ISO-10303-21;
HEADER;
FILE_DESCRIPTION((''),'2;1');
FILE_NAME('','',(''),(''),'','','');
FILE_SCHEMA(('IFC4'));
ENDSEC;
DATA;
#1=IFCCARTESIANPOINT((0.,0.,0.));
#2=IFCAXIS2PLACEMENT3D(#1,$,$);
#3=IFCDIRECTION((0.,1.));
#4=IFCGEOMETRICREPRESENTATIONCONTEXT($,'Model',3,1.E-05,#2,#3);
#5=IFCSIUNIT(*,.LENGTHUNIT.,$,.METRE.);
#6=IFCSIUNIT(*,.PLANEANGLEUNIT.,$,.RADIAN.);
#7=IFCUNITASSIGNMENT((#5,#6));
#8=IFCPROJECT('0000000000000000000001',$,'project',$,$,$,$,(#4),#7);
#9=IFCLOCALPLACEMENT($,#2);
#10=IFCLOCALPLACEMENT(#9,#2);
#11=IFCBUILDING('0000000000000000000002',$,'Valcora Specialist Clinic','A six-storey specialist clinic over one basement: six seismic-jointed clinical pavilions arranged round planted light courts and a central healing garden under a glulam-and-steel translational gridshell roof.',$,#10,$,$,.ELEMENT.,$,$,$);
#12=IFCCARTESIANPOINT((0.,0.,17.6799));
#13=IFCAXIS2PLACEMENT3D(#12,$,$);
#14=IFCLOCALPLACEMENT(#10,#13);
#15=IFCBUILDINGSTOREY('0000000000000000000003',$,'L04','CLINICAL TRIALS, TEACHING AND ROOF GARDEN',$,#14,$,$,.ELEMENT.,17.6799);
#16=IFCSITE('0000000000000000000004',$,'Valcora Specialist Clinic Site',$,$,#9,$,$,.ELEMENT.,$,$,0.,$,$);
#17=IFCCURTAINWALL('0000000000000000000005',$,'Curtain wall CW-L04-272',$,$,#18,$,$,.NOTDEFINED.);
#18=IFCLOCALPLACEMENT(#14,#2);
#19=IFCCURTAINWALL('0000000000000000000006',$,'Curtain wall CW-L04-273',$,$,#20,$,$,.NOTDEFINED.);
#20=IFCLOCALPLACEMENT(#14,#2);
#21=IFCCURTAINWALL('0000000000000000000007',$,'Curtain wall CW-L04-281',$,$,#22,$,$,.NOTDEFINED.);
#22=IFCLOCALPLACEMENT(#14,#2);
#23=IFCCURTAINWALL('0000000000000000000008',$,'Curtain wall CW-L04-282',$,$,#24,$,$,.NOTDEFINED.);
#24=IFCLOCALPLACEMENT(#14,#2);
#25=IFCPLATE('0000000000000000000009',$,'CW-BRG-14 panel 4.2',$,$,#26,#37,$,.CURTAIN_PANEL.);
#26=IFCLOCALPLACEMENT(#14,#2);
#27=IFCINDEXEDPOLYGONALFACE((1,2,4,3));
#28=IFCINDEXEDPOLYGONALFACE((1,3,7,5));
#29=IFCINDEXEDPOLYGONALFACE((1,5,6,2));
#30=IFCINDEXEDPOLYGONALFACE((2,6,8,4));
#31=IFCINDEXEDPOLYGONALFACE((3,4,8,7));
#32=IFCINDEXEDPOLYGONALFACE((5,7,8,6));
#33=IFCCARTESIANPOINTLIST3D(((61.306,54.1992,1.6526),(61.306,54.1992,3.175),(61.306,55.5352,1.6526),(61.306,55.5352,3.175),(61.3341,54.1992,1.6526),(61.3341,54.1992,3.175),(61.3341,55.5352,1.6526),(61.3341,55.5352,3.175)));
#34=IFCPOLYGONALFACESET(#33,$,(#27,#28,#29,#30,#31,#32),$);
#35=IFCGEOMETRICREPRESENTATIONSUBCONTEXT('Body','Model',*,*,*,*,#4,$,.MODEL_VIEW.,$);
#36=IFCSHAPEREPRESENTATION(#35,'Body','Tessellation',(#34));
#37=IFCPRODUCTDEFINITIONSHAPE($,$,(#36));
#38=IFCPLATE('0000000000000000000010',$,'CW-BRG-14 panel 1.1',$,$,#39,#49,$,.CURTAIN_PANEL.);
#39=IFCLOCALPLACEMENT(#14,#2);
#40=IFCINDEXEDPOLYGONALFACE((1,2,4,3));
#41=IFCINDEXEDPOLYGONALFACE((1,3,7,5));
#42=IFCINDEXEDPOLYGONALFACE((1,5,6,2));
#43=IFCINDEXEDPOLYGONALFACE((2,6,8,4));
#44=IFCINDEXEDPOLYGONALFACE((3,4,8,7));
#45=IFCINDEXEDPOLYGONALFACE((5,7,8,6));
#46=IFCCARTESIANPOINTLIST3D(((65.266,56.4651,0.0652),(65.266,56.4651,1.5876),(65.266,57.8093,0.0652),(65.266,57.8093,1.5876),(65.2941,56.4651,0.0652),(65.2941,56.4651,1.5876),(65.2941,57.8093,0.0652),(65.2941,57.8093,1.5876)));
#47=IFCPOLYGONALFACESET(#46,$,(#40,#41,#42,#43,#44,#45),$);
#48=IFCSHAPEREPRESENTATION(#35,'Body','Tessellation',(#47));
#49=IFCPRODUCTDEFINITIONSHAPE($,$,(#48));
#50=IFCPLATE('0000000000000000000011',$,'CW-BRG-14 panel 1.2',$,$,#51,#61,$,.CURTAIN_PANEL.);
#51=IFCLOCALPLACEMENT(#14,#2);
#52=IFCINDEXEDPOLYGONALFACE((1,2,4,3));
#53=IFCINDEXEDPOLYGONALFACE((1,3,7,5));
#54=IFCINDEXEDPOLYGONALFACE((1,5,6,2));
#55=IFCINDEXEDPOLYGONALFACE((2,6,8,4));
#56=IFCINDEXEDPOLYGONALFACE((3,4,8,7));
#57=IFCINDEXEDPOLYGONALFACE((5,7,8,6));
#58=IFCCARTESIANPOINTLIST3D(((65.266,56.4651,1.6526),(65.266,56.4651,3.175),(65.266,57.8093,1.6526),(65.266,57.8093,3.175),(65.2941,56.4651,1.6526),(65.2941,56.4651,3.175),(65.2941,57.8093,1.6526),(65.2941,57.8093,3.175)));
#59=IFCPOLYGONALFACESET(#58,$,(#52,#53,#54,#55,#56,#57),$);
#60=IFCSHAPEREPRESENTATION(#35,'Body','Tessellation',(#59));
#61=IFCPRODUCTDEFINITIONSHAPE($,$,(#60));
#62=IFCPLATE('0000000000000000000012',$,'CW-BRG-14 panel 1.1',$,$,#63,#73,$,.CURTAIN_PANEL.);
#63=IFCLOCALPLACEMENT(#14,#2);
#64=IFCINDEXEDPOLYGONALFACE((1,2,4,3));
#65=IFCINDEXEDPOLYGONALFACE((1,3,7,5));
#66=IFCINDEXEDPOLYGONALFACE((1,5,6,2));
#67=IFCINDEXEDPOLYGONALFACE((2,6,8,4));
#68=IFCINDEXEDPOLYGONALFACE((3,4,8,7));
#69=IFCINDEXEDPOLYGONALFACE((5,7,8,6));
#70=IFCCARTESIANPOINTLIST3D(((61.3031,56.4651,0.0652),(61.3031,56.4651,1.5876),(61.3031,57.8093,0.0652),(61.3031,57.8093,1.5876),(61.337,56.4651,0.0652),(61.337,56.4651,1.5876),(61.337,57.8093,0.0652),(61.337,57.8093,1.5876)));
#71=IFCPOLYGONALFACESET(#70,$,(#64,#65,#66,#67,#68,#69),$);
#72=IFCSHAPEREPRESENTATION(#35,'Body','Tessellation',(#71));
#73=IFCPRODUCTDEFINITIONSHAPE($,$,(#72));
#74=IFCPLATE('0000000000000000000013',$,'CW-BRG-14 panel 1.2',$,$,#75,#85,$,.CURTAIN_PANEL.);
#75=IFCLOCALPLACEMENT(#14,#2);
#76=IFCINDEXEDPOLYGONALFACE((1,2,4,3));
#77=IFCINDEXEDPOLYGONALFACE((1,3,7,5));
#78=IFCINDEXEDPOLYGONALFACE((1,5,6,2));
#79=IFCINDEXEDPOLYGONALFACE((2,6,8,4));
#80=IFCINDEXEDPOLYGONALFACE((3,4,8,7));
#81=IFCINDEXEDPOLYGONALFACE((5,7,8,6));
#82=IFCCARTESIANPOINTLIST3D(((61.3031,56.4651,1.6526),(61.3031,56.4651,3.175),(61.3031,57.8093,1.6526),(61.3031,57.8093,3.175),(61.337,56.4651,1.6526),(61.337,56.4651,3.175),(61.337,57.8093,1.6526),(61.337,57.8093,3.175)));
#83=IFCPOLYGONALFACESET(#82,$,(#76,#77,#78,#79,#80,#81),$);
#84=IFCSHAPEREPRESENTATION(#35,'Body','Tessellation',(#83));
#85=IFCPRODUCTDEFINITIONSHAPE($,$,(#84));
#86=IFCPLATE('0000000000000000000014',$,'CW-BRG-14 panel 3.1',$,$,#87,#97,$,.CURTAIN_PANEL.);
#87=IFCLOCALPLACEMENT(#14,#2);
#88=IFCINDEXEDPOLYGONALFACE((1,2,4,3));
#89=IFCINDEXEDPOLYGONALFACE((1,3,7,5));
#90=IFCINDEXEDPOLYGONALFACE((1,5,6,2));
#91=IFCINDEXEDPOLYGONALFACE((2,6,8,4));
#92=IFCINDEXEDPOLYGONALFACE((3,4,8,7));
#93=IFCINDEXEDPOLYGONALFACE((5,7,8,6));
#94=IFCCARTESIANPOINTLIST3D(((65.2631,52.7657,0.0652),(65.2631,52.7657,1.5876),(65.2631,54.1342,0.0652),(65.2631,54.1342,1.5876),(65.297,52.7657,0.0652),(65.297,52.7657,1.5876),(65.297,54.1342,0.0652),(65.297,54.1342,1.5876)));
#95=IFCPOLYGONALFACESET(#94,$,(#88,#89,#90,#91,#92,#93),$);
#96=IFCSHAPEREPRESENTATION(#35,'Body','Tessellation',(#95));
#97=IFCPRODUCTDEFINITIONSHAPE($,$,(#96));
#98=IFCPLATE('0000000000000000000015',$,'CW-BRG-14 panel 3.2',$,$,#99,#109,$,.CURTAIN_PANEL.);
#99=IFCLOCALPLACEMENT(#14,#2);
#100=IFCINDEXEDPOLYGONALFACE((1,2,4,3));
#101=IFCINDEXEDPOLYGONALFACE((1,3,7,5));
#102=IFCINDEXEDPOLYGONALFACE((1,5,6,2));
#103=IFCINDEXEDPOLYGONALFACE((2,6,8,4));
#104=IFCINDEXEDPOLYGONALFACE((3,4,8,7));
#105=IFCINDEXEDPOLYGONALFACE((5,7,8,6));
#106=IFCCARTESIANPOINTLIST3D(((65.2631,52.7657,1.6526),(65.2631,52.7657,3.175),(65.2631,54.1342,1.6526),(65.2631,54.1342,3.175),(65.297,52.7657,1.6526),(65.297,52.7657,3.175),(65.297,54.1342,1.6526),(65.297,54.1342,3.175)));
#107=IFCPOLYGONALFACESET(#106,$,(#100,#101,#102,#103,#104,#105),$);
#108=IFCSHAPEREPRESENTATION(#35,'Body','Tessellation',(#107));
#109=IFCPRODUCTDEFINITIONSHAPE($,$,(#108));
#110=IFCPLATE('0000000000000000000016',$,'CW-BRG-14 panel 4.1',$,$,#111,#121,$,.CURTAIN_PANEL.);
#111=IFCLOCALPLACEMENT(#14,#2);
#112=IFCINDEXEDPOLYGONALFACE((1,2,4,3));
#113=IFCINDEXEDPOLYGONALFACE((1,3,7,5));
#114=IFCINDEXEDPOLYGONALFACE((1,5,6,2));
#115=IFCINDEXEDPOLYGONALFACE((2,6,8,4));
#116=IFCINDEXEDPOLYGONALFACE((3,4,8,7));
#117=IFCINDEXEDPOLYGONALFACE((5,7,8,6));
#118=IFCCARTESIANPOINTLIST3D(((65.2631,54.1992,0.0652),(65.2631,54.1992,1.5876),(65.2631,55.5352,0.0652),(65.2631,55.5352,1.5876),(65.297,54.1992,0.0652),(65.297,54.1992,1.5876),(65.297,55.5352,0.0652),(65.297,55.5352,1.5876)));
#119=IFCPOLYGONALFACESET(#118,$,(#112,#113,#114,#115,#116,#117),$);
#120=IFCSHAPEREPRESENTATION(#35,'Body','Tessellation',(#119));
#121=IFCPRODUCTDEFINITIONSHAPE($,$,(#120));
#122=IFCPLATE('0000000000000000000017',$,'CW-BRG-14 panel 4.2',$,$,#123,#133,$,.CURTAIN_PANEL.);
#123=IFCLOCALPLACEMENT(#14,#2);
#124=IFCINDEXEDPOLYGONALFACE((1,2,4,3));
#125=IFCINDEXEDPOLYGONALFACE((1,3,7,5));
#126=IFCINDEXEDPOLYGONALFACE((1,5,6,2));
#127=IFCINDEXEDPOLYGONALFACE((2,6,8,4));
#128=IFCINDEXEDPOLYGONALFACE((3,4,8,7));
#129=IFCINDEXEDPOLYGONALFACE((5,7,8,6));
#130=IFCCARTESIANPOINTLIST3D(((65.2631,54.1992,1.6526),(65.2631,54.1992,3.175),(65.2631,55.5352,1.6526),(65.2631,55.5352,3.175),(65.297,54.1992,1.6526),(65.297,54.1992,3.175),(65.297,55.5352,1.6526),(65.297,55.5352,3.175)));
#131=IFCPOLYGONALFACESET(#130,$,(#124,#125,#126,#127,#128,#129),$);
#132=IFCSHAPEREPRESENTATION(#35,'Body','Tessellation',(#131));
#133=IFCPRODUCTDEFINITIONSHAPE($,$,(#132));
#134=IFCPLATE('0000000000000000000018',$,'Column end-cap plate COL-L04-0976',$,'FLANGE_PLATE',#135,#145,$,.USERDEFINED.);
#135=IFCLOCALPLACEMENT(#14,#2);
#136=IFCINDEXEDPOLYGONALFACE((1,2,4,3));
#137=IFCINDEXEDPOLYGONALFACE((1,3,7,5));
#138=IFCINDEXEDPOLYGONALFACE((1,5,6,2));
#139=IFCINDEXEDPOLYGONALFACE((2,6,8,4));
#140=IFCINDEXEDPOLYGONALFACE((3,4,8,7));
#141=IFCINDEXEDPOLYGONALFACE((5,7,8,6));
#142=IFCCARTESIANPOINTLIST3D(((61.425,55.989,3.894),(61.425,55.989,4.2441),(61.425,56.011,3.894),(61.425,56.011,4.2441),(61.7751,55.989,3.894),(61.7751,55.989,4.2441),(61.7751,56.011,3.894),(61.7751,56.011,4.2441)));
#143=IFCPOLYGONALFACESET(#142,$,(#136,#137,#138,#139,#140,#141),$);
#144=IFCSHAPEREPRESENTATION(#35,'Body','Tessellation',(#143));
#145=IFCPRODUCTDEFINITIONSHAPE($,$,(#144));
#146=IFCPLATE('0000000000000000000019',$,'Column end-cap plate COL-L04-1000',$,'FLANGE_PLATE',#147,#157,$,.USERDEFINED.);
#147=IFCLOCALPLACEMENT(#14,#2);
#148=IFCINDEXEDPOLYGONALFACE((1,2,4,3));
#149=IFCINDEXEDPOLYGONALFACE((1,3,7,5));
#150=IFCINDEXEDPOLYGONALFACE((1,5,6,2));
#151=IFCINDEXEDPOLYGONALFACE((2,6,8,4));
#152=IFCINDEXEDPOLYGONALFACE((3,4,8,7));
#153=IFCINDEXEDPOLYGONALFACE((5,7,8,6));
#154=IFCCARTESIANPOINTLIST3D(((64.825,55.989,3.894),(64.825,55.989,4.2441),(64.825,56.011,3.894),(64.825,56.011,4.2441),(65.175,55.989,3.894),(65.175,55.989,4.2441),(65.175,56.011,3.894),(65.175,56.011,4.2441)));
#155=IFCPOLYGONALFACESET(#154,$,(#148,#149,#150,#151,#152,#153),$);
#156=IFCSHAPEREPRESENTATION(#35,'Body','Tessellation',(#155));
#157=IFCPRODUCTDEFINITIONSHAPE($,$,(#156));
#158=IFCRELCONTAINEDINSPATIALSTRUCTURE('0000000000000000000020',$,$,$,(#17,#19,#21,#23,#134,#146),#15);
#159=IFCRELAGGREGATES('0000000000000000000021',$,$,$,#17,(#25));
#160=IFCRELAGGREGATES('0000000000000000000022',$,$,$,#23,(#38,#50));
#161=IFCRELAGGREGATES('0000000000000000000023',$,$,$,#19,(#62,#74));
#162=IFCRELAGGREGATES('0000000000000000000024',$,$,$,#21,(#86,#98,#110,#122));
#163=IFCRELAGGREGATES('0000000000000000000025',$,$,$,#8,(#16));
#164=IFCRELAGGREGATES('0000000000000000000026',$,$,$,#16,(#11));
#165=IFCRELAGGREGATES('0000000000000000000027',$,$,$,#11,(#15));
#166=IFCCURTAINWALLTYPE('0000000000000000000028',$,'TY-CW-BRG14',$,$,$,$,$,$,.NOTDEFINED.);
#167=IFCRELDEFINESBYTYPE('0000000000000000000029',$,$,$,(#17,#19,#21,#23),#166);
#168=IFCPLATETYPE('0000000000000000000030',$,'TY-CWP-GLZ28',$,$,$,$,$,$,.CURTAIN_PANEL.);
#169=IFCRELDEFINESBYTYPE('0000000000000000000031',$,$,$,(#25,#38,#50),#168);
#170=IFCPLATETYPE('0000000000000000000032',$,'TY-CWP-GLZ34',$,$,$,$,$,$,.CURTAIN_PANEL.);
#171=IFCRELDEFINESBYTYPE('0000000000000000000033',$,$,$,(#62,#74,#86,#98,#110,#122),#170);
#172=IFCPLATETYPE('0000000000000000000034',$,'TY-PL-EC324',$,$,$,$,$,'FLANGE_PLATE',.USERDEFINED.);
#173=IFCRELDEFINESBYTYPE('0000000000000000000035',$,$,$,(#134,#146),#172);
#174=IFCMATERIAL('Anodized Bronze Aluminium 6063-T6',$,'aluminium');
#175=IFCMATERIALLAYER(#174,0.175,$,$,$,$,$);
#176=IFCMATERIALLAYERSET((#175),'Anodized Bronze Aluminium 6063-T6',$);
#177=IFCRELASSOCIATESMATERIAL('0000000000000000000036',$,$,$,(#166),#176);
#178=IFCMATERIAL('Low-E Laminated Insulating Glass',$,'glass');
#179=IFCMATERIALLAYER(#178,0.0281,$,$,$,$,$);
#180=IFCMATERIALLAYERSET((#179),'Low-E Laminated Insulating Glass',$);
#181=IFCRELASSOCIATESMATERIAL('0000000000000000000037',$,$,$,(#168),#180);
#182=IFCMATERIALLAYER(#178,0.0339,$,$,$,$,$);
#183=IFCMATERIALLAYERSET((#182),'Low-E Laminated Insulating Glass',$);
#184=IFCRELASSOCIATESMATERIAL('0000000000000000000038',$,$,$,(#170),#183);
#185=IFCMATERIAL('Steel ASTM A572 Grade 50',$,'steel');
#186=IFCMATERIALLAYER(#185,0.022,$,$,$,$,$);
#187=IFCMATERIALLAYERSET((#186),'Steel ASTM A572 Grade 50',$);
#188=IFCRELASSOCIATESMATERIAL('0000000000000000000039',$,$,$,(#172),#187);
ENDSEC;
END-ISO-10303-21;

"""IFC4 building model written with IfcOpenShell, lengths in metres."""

from ifc_helpers import new_model, si_unit, direction, frame, origin, origin_2d, place, context, subcontext, project, spatial, rectangle, extrude, material, layer, layer_set, type_object, element, aggregate, save


model = new_model("IFC4")

# Units and contexts
model_context = context("Model", 3, precision=1e-05, world=origin(), true_north=direction((0.0, 1.0)))
body_context = subcontext(model_context, "Body", "Model", "MODEL_VIEW")
ifc_project = project(units=[si_unit("LENGTHUNIT", "METRE"), si_unit("PLANEANGLEUNIT", "RADIAN")], contexts=[model_context])

# Site, building, storey
site_placement = place(None, origin())
site = spatial("IfcSite", under=ifc_project, at=site_placement, Name="Valcora Specialist Clinic Site", CompositionType="ELEMENT", RefElevation=0.0)
building_placement = place(site_placement, origin())
building = spatial("IfcBuilding", under=site, at=building_placement, Name="Valcora Specialist Clinic", Description="A six-storey specialist clinic over one basement: six seismic-jointed clinical pavilions arranged round planted light courts and a central healing garden under a glulam-and-steel translational gridshell roof.", CompositionType="ELEMENT")
storey_placement = place(building_placement, frame((0.0, 0.0, 17.6799)))
storey = spatial("IfcBuildingStorey", under=building, at=storey_placement, Name="L04", Description="CLINICAL TRIALS, TEACHING AND ROOF GARDEN", CompositionType="ELEMENT", Elevation=17.6799)

# Curtain walls
ifc_material_1 = material(Name="Anodized Bronze Aluminium 6063-T6", Category="aluminium")
ifc_layer_1 = layer(ifc_material_1, 0.175)
ifc_layer_set_1 = layer_set([ifc_layer_1], Name="Anodized Bronze Aluminium 6063-T6")
curtain_wall_type = type_object("IfcCurtainWallType", Name="TY-CW-BRG14", PredefinedType="NOTDEFINED", material=ifc_layer_set_1)
curtain_wall_1_placement = place(storey_placement, origin())
curtain_wall_1 = element("IfcCurtainWall", 1, at=curtain_wall_1_placement, inside=storey, type_object=curtain_wall_type, Name="Curtain wall CW-L04-272", PredefinedType="NOTDEFINED")
curtain_wall_2_placement = place(storey_placement, origin())
curtain_wall_2 = element("IfcCurtainWall", 2, at=curtain_wall_2_placement, inside=storey, type_object=curtain_wall_type, Name="Curtain wall CW-L04-273", PredefinedType="NOTDEFINED")
curtain_wall_3_placement = place(storey_placement, origin())
curtain_wall_3 = element("IfcCurtainWall", 3, at=curtain_wall_3_placement, inside=storey, type_object=curtain_wall_type, Name="Curtain wall CW-L04-281", PredefinedType="NOTDEFINED")
curtain_wall_4_placement = place(storey_placement, origin())
curtain_wall_4 = element("IfcCurtainWall", 4, at=curtain_wall_4_placement, inside=storey, type_object=curtain_wall_type, Name="Curtain wall CW-L04-282", PredefinedType="NOTDEFINED")

# Plates
ifc_material_2 = material(Name="Low-E Laminated Insulating Glass", Category="glass")
ifc_layer_2 = layer(ifc_material_2, 0.0281)
ifc_layer_set_2 = layer_set([ifc_layer_2], Name="Low-E Laminated Insulating Glass")
plate_type_1 = type_object("IfcPlateType", Name="TY-CWP-GLZ28", PredefinedType="CURTAIN_PANEL", material=ifc_layer_set_2)
plate_1_placement = place(storey_placement, frame((61.3201, 54.8672, 1.6526), z_axis=(0.0, 0.0, 1.0), x_axis=(0.0, 1.0, 0.0)))
plate_1 = element("IfcPlate", 5, at=plate_1_placement, type_object=plate_type_1, Name="CW-BRG-14 panel 4.2", PredefinedType="CURTAIN_PANEL", context=body_context, shape_type="SweptSolid", body=[
    extrude(rectangle(XDim=1.3359, YDim=0.0281, at=origin_2d()), origin(), (0.0, 0.0, 1.0), 1.5225),
])
aggregate(curtain_wall_1, [plate_1])
plate_2_placement = place(storey_placement, frame((65.28, 57.1372, 0.0652), z_axis=(0.0, 0.0, 1.0), x_axis=(0.0, 1.0, 0.0)))
plate_2 = element("IfcPlate", 6, at=plate_2_placement, type_object=plate_type_1, Name="CW-BRG-14 panel 1.1", PredefinedType="CURTAIN_PANEL", context=body_context, shape_type="SweptSolid", body=[
    extrude(rectangle(XDim=1.3442, YDim=0.0281, at=origin_2d()), origin(), (0.0, 0.0, 1.0), 1.5225),
])
plate_3_placement = place(storey_placement, frame((65.28, 57.1372, 1.6526), z_axis=(0.0, 0.0, 1.0), x_axis=(0.0, 1.0, 0.0)))
plate_3 = element("IfcPlate", 7, at=plate_3_placement, type_object=plate_type_1, Name="CW-BRG-14 panel 1.2", PredefinedType="CURTAIN_PANEL", context=body_context, shape_type="SweptSolid", body=[
    extrude(rectangle(XDim=1.3442, YDim=0.0281, at=origin_2d()), origin(), (0.0, 0.0, 1.0), 1.5225),
])
aggregate(curtain_wall_4, [plate_2, plate_3])
ifc_layer_3 = layer(ifc_material_2, 0.0339)
ifc_layer_set_3 = layer_set([ifc_layer_3], Name="Low-E Laminated Insulating Glass")
plate_type_2 = type_object("IfcPlateType", Name="TY-CWP-GLZ34", PredefinedType="CURTAIN_PANEL", material=ifc_layer_set_3)
plate_4_placement = place(storey_placement, frame((61.3201, 57.1372, 0.0652), z_axis=(0.0, 0.0, 1.0), x_axis=(0.0, 1.0, 0.0)))
plate_4 = element("IfcPlate", 8, at=plate_4_placement, type_object=plate_type_2, Name="CW-BRG-14 panel 1.1", PredefinedType="CURTAIN_PANEL", context=body_context, shape_type="SweptSolid", body=[
    extrude(rectangle(XDim=1.3442, YDim=0.0339, at=origin_2d()), origin(), (0.0, 0.0, 1.0), 1.5225),
])
plate_5_placement = place(storey_placement, frame((61.3201, 57.1372, 1.6526), z_axis=(0.0, 0.0, 1.0), x_axis=(0.0, 1.0, 0.0)))
plate_5 = element("IfcPlate", 9, at=plate_5_placement, type_object=plate_type_2, Name="CW-BRG-14 panel 1.2", PredefinedType="CURTAIN_PANEL", context=body_context, shape_type="SweptSolid", body=[
    extrude(rectangle(XDim=1.3442, YDim=0.0339, at=origin_2d()), origin(), (0.0, 0.0, 1.0), 1.5225),
])
aggregate(curtain_wall_2, [plate_4, plate_5])
plate_6_placement = place(storey_placement, frame((65.28, 53.45, 0.0652), z_axis=(0.0, 0.0, 1.0), x_axis=(0.0, 1.0, 0.0)))
plate_6 = element("IfcPlate", 10, at=plate_6_placement, type_object=plate_type_2, Name="CW-BRG-14 panel 3.1", PredefinedType="CURTAIN_PANEL", context=body_context, shape_type="SweptSolid", body=[
    extrude(rectangle(XDim=1.3684, YDim=0.0339, at=origin_2d()), origin(), (0.0, 0.0, 1.0), 1.5225),
])
plate_7_placement = place(storey_placement, frame((65.28, 53.45, 1.6526), z_axis=(0.0, 0.0, 1.0), x_axis=(0.0, 1.0, 0.0)))
plate_7 = element("IfcPlate", 11, at=plate_7_placement, type_object=plate_type_2, Name="CW-BRG-14 panel 3.2", PredefinedType="CURTAIN_PANEL", context=body_context, shape_type="SweptSolid", body=[
    extrude(rectangle(XDim=1.3684, YDim=0.0339, at=origin_2d()), origin(), (0.0, 0.0, 1.0), 1.5225),
])
plate_8_placement = place(storey_placement, frame((65.28, 54.8672, 0.0652), z_axis=(0.0, 0.0, 1.0), x_axis=(0.0, 1.0, 0.0)))
plate_8 = element("IfcPlate", 12, at=plate_8_placement, type_object=plate_type_2, Name="CW-BRG-14 panel 4.1", PredefinedType="CURTAIN_PANEL", context=body_context, shape_type="SweptSolid", body=[
    extrude(rectangle(XDim=1.3359, YDim=0.0339, at=origin_2d()), origin(), (0.0, 0.0, 1.0), 1.5225),
])
plate_9_placement = place(storey_placement, frame((65.28, 54.8672, 1.6526), z_axis=(0.0, 0.0, 1.0), x_axis=(0.0, 1.0, 0.0)))
plate_9 = element("IfcPlate", 13, at=plate_9_placement, type_object=plate_type_2, Name="CW-BRG-14 panel 4.2", PredefinedType="CURTAIN_PANEL", context=body_context, shape_type="SweptSolid", body=[
    extrude(rectangle(XDim=1.3359, YDim=0.0339, at=origin_2d()), origin(), (0.0, 0.0, 1.0), 1.5225),
])
aggregate(curtain_wall_3, [plate_6, plate_7, plate_8, plate_9])

# Plates
ifc_material_3 = material(Name="Steel ASTM A572 Grade 50", Category="steel")
ifc_layer_4 = layer(ifc_material_3, 0.022)
ifc_layer_set_4 = layer_set([ifc_layer_4], Name="Steel ASTM A572 Grade 50")
plate_type_3 = type_object("IfcPlateType", Name="TY-PL-EC324", ElementType="FLANGE_PLATE", PredefinedType="USERDEFINED", material=ifc_layer_set_4)
for number, where, z_axis, x_axis, name in (
    (14, (61.6001, 56.0, 3.894), (0.0, 0.0, 1.0), (1.0, 0.0, 0.0), "Column end-cap plate COL-L04-0976"),
    (15, (65.0, 56.0, 3.894), (0.0, 0.0, 1.0), (1.0, 0.0, 0.0), "Column end-cap plate COL-L04-1000"),
):
    element("IfcPlate", number, at=place(storey_placement, frame(where, z_axis=z_axis, x_axis=x_axis)), inside=storey, type_object=plate_type_3, Name=name, ObjectType="FLANGE_PLATE", PredefinedType="USERDEFINED", context=body_context, shape_type="SweptSolid", body=[
        extrude(rectangle(XDim=0.3501, YDim=0.022, at=origin_2d()), origin(), (0.0, 0.0, 1.0), 0.3501),
    ])

save(model, "model.ifc")
